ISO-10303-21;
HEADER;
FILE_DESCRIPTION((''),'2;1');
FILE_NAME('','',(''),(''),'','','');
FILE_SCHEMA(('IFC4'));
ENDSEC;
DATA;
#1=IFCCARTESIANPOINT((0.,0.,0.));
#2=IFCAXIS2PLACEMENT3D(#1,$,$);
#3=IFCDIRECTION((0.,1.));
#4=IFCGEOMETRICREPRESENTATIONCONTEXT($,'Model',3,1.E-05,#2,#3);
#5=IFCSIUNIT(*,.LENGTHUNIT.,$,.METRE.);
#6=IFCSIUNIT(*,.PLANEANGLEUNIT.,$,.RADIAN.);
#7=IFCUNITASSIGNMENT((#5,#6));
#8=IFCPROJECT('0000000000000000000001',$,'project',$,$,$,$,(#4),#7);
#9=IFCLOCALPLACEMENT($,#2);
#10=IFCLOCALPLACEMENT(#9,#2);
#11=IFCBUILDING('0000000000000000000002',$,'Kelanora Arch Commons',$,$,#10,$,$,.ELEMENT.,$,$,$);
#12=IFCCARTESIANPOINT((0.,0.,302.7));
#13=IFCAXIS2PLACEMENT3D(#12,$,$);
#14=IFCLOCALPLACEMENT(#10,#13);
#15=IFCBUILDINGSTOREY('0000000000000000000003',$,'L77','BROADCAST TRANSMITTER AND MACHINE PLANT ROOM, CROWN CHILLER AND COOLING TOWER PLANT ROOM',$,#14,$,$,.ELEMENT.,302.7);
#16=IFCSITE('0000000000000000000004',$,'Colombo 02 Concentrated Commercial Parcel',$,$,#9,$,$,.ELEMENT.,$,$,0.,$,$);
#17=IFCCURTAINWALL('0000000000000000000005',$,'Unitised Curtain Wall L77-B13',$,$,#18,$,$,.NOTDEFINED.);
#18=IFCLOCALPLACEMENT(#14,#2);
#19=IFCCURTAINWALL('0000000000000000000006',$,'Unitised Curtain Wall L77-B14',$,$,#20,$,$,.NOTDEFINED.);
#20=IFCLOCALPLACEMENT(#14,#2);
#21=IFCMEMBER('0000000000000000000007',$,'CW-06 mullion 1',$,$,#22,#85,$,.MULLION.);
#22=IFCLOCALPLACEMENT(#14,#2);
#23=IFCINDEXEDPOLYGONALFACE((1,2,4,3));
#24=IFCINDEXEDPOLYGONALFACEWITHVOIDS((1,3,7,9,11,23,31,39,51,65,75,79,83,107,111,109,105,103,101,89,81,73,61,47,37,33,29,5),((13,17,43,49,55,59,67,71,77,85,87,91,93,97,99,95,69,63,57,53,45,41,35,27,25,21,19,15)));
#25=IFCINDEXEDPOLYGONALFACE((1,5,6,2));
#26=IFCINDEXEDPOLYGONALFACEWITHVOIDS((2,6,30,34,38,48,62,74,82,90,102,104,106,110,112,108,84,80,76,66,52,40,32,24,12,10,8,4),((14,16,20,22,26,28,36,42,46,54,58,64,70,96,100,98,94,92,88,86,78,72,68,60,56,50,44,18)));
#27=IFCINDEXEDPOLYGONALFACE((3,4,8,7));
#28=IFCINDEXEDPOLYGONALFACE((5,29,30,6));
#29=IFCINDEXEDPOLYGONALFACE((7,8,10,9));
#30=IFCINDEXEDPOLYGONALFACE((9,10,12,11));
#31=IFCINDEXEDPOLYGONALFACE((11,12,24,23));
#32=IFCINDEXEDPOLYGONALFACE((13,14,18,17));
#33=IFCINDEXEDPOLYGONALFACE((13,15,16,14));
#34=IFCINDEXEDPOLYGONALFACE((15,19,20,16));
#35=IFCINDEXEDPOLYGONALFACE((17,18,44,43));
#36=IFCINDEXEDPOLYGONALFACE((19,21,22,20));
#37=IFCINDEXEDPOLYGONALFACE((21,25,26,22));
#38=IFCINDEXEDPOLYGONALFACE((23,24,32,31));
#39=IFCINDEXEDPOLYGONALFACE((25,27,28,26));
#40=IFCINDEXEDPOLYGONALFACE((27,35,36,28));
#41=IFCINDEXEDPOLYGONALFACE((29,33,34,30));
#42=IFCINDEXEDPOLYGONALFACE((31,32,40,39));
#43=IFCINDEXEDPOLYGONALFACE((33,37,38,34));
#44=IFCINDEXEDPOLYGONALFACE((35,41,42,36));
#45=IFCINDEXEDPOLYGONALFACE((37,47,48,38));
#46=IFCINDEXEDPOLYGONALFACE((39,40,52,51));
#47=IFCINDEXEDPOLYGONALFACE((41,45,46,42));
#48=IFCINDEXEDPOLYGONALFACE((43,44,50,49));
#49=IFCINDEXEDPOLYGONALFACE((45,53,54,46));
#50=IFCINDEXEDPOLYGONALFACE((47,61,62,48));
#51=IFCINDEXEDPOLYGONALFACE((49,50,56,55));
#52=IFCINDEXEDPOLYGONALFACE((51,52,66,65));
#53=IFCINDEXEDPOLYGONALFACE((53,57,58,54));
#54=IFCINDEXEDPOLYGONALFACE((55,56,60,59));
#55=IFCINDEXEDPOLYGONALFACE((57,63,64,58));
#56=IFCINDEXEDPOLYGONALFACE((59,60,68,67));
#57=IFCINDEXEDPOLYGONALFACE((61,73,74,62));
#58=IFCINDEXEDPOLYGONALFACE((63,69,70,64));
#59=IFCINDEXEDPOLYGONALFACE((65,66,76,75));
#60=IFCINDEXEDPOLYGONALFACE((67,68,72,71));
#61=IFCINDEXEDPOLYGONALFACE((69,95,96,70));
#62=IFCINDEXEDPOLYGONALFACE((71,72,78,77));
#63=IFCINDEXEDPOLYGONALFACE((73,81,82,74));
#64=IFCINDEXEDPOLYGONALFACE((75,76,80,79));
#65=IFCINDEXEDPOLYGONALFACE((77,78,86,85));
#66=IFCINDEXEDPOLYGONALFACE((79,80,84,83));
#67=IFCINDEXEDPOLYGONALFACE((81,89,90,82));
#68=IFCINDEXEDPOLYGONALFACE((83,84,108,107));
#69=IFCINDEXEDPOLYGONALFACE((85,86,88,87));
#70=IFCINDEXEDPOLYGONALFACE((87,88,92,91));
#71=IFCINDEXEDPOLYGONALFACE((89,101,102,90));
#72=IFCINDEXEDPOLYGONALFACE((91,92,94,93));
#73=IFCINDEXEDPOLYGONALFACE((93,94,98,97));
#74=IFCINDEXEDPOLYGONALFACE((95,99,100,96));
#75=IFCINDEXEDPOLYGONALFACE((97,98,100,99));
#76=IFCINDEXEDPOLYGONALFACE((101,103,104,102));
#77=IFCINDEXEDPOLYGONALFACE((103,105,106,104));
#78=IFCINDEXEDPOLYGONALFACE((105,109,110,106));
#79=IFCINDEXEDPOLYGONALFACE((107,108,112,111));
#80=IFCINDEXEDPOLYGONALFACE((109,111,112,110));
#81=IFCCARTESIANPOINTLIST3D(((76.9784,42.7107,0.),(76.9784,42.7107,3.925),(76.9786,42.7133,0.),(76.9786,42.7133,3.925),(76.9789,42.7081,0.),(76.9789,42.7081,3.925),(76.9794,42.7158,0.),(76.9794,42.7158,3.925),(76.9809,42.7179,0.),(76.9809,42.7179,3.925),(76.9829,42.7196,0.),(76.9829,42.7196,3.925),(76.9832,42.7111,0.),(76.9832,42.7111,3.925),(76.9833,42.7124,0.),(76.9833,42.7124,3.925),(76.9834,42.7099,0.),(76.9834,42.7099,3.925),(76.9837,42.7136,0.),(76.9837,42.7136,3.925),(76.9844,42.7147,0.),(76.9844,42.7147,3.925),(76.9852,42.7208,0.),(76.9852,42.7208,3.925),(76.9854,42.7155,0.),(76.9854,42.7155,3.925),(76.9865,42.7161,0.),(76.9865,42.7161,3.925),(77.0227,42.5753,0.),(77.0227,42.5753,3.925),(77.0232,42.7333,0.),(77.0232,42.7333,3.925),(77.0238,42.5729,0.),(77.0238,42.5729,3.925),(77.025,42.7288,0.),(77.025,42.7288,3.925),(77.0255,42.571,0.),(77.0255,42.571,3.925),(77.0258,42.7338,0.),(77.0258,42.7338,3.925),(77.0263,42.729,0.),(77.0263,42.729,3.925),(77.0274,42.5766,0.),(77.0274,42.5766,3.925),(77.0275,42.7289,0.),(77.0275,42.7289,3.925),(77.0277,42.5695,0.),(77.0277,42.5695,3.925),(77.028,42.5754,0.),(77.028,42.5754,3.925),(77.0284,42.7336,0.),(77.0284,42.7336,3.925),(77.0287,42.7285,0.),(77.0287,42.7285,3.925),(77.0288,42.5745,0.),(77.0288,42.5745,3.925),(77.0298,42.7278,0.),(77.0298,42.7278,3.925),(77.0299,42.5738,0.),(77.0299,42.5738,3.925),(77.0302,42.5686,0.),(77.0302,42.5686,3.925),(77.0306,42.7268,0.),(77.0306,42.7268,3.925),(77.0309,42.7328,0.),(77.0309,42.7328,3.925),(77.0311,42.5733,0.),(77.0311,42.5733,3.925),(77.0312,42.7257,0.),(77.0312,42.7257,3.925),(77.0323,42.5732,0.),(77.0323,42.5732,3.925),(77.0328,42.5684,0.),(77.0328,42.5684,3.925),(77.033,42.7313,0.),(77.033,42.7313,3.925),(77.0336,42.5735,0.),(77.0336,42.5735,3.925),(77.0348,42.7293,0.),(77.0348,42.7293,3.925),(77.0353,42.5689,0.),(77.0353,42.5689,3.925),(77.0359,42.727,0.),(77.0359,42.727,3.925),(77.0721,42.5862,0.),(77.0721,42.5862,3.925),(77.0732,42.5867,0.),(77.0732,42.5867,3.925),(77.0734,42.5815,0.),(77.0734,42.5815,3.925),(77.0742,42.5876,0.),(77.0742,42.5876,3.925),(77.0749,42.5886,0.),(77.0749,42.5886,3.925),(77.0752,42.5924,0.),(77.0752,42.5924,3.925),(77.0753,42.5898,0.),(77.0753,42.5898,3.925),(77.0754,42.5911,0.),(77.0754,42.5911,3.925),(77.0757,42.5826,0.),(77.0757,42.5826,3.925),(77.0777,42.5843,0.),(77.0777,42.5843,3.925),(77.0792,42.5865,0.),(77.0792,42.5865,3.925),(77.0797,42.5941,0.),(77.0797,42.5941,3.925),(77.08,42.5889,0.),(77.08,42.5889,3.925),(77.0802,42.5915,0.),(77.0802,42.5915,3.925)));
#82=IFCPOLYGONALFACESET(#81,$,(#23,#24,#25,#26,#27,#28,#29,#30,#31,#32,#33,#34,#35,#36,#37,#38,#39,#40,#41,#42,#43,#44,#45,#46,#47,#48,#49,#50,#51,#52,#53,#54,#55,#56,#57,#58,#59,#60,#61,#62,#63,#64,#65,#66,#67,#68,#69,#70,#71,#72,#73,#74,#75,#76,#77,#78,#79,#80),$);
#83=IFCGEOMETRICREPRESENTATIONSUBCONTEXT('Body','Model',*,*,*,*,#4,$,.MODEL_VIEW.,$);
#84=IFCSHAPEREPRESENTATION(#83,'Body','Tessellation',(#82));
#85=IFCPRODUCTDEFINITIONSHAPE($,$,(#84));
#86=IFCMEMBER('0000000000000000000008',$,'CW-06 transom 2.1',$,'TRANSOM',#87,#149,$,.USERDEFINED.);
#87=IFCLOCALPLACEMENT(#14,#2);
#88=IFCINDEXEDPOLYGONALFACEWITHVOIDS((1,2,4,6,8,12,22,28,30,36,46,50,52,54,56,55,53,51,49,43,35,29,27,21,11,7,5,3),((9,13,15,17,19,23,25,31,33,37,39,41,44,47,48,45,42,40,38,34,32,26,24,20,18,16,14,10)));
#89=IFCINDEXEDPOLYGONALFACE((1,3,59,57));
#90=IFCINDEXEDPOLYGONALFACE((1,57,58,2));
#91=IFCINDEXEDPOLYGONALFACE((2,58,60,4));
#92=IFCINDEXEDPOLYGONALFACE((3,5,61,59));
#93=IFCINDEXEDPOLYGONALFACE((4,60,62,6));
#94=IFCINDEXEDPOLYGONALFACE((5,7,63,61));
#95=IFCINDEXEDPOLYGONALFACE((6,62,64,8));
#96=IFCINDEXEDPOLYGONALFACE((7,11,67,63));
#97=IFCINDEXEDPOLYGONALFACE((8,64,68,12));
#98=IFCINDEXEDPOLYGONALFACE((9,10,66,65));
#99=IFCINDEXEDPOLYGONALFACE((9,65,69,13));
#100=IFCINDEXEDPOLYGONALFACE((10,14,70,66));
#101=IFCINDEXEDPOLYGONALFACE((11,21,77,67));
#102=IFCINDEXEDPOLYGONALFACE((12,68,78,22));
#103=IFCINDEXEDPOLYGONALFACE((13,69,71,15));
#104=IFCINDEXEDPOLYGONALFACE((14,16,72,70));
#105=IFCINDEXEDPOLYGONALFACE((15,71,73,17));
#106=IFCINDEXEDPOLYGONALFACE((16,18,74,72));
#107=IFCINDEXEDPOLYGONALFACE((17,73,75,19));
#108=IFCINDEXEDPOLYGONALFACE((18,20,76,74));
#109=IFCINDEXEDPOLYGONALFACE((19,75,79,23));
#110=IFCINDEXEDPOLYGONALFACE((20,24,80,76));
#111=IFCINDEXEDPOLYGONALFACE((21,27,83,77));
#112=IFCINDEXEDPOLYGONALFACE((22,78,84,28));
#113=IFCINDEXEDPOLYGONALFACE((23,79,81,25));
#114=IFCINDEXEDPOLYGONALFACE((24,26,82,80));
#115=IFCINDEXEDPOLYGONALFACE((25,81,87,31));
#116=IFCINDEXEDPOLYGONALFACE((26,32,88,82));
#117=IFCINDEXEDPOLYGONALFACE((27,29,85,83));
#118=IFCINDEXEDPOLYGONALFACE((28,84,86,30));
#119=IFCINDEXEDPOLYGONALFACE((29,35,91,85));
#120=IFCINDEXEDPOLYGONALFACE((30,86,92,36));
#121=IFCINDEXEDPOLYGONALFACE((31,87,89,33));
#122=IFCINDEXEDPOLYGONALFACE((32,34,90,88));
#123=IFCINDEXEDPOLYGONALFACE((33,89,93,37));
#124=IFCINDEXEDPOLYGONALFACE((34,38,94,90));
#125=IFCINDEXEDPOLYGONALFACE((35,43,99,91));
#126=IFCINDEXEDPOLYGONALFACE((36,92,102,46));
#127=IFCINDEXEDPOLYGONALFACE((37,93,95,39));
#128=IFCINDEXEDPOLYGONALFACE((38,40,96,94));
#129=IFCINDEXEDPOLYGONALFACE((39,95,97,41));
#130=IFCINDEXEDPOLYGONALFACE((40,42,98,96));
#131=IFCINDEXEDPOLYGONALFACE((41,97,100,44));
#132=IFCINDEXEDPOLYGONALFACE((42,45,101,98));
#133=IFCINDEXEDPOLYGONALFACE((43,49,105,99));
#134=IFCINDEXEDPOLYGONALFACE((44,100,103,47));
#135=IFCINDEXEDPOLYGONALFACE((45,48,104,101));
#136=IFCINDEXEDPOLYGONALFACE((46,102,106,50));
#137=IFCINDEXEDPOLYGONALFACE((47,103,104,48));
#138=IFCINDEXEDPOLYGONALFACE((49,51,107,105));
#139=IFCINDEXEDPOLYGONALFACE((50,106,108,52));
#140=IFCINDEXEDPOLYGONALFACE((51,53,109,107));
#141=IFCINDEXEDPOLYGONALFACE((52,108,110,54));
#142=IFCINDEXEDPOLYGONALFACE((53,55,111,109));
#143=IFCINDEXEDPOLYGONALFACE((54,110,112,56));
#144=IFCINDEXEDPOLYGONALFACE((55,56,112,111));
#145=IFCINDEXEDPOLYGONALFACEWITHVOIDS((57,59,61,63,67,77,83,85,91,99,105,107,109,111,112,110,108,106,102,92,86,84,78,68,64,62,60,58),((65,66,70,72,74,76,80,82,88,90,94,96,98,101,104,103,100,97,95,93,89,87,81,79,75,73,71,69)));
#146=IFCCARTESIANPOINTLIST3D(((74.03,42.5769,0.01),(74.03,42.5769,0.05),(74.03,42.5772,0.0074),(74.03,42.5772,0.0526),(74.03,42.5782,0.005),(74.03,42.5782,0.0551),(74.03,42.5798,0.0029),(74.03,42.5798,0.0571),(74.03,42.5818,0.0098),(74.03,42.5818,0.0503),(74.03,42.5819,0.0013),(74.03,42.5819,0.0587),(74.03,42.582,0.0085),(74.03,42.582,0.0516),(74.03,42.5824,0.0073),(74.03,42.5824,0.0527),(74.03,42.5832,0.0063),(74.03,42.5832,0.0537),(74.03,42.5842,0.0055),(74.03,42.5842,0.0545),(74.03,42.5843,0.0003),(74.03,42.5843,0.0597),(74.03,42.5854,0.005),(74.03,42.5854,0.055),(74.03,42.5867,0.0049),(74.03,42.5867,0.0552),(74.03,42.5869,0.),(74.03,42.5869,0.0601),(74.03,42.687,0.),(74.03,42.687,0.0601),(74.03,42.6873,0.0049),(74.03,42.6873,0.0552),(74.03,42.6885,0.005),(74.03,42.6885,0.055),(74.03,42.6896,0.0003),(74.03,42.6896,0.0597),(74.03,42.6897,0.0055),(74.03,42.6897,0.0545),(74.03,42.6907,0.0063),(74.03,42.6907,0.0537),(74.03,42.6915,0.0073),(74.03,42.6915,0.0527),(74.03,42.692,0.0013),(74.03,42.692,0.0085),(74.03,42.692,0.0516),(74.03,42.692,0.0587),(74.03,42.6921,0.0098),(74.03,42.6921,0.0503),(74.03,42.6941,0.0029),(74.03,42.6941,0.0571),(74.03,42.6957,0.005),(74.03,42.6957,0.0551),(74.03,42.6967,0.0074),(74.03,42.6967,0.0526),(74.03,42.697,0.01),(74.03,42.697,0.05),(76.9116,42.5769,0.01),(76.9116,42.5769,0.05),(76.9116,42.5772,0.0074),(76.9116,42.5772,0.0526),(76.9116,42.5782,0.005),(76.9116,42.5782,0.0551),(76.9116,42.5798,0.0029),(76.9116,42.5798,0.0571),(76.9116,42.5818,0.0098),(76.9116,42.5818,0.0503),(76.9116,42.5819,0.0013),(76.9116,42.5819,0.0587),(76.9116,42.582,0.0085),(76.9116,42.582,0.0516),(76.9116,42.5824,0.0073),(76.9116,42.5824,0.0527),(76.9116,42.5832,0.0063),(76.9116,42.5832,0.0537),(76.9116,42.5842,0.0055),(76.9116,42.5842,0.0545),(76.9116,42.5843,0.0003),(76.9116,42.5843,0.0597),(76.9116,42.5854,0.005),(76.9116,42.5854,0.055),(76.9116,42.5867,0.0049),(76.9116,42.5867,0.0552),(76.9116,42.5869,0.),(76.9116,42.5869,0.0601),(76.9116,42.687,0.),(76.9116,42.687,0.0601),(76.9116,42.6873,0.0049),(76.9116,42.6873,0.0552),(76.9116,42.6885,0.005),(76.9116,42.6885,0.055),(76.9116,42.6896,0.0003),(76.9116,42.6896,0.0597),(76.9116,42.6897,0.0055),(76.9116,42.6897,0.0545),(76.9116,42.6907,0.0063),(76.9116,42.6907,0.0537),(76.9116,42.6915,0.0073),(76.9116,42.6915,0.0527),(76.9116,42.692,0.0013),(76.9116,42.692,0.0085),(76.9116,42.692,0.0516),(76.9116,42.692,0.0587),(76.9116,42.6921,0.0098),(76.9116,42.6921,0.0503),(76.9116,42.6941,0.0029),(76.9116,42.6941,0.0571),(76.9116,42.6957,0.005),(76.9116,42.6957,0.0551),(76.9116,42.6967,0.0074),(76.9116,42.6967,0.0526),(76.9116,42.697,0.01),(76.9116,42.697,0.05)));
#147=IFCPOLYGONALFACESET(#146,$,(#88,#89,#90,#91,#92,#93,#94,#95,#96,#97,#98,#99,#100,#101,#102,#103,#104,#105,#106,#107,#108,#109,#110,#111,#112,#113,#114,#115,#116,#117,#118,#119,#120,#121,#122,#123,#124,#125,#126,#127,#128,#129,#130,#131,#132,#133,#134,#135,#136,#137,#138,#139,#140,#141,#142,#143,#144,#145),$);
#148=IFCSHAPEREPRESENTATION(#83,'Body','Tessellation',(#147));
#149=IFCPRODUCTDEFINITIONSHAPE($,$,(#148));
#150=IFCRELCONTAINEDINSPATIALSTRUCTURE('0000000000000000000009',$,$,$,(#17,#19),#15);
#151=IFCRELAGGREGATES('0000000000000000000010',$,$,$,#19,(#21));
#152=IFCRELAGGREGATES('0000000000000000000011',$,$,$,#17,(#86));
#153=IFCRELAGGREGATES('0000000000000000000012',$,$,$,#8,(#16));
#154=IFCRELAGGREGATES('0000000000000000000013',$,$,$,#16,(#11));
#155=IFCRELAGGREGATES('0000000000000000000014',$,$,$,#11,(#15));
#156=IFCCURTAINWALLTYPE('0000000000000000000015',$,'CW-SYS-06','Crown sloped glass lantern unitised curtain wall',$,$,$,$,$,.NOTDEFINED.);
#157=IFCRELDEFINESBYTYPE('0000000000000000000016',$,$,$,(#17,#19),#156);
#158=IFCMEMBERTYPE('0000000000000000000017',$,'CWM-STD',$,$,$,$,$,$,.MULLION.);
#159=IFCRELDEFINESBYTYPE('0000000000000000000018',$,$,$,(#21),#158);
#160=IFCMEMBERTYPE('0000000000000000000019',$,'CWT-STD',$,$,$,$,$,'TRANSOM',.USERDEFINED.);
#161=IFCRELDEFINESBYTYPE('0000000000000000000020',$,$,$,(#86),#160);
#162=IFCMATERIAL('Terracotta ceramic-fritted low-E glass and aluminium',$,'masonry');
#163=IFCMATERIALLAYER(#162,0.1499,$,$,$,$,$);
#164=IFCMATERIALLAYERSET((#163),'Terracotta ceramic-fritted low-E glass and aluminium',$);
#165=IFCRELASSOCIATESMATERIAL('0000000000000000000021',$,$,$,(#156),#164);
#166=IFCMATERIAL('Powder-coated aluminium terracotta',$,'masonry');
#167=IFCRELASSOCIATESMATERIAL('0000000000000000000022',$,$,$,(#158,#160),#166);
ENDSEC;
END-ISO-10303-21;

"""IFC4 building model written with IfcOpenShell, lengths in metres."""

from ifc_helpers import new_model, si_unit, direction, frame, origin, origin_2d, place, context, subcontext, project, spatial, hollow_rectangle, extrude, material, layer, layer_set, material_profile, profile_set, type_object, element, aggregate, save


model = new_model("IFC4")

# Units and contexts
model_context = context("Model", 3, precision=1e-05, world=origin(), true_north=direction((0.0, 1.0)))
body_context = subcontext(model_context, "Body", "Model", "MODEL_VIEW")
ifc_project = project(units=[si_unit("LENGTHUNIT", "METRE"), si_unit("PLANEANGLEUNIT", "RADIAN")], contexts=[model_context])

# Site, building, storey
site_placement = place(None, origin())
site = spatial("IfcSite", under=ifc_project, at=site_placement, Name="Colombo 02 Concentrated Commercial Parcel", CompositionType="ELEMENT", RefElevation=0.0)
building_placement = place(site_placement, origin())
building = spatial("IfcBuilding", under=site, at=building_placement, Name="Kelanora Arch Commons", CompositionType="ELEMENT")
storey_placement = place(building_placement, frame((0.0, 0.0, 302.7)))
storey = spatial("IfcBuildingStorey", under=building, at=storey_placement, Name="L77", Description="BROADCAST TRANSMITTER AND MACHINE PLANT ROOM, CROWN CHILLER AND COOLING TOWER PLANT ROOM", CompositionType="ELEMENT", Elevation=302.7)

# Curtain wall
ifc_material_1 = material(Name="Terracotta ceramic-fritted low-E glass and aluminium", Category="masonry")
ifc_layer_1 = layer(ifc_material_1, 0.1499)
ifc_layer_set_1 = layer_set([ifc_layer_1], Name="Terracotta ceramic-fritted low-E glass and aluminium")
curtain_wall_type = type_object("IfcCurtainWallType", Name="CW-SYS-06", Description="Crown sloped glass lantern unitised curtain wall", PredefinedType="NOTDEFINED", material=ifc_layer_set_1)
curtain_wall_1_placement = place(storey_placement, origin())
curtain_wall_1 = element("IfcCurtainWall", 1, at=curtain_wall_1_placement, inside=storey, type_object=curtain_wall_type, Name="Unitised Curtain Wall L77-B13", PredefinedType="NOTDEFINED")
ifc_material_2 = material(Name="Powder-coated aluminium terracotta", Category="masonry")
ifc_material_profile_1 = material_profile(ifc_material_2, hollow_rectangle(XDim=0.1599, YDim=0.0601, WallThickness=0.0049, InnerFilletRadius=0.0049, OuterFilletRadius=0.01, at=origin_2d()), Name="CWM160x60")
ifc_profile_set_1 = profile_set([ifc_material_profile_1], Name="Powder-coated aluminium terracotta")
member_type_1 = type_object("IfcMemberType", Name="CWM-STD", PredefinedType="MULLION", material=ifc_profile_set_1)

# Curtain wall, member
curtain_wall_2_placement = place(storey_placement, origin())
curtain_wall_2 = element("IfcCurtainWall", 2, at=curtain_wall_2_placement, inside=storey, type_object=curtain_wall_type, Name="Unitised Curtain Wall L77-B14", PredefinedType="NOTDEFINED")
member_1_placement = place(storey_placement, frame((77.0293, 42.6511, 0.0), z_axis=(0.0, 0.0, 1.0), x_axis=(-0.313467, 0.949599, 0.0)))
member_1 = element("IfcMember", 3, at=member_1_placement, type_object=member_type_1, Name="CW-06 mullion 1", PredefinedType="MULLION", context=body_context, shape_type="SweptSolid", body=[
    extrude(hollow_rectangle(XDim=0.1599, YDim=0.0601, WallThickness=0.0049, InnerFilletRadius=0.0049, OuterFilletRadius=0.01, at=origin_2d()), origin(), (0.0, 0.0, 1.0), 3.925),
])

# Member
ifc_material_profile_2 = material_profile(ifc_material_2, hollow_rectangle(XDim=0.1201, YDim=0.0601, WallThickness=0.0049, InnerFilletRadius=0.0049, OuterFilletRadius=0.01, at=origin_2d()), Name="CWT120x60")
ifc_profile_set_2 = profile_set([ifc_material_profile_2], Name="Powder-coated aluminium terracotta")
member_type_2 = type_object("IfcMemberType", Name="CWT-STD", ElementType="TRANSOM", PredefinedType="USERDEFINED", material=ifc_profile_set_2)
member_2_placement = place(storey_placement, frame((74.03, 42.637, 0.03), z_axis=(1.0, 0.0, 0.0), x_axis=(0.0, 1.0, 0.0)))
member_2 = element("IfcMember", 4, at=member_2_placement, type_object=member_type_2, Name="CW-06 transom 2.1", ObjectType="TRANSOM", PredefinedType="USERDEFINED", context=body_context, shape_type="SweptSolid", body=[
    extrude(hollow_rectangle(XDim=0.1201, YDim=0.0601, WallThickness=0.0049, InnerFilletRadius=0.0049, OuterFilletRadius=0.01, at=origin_2d()), origin(), (0.0, 0.0, 1.0), 2.8816),
])

aggregate(curtain_wall_2, [member_1])
aggregate(curtain_wall_1, [member_2])

save(model, "model.ifc")
